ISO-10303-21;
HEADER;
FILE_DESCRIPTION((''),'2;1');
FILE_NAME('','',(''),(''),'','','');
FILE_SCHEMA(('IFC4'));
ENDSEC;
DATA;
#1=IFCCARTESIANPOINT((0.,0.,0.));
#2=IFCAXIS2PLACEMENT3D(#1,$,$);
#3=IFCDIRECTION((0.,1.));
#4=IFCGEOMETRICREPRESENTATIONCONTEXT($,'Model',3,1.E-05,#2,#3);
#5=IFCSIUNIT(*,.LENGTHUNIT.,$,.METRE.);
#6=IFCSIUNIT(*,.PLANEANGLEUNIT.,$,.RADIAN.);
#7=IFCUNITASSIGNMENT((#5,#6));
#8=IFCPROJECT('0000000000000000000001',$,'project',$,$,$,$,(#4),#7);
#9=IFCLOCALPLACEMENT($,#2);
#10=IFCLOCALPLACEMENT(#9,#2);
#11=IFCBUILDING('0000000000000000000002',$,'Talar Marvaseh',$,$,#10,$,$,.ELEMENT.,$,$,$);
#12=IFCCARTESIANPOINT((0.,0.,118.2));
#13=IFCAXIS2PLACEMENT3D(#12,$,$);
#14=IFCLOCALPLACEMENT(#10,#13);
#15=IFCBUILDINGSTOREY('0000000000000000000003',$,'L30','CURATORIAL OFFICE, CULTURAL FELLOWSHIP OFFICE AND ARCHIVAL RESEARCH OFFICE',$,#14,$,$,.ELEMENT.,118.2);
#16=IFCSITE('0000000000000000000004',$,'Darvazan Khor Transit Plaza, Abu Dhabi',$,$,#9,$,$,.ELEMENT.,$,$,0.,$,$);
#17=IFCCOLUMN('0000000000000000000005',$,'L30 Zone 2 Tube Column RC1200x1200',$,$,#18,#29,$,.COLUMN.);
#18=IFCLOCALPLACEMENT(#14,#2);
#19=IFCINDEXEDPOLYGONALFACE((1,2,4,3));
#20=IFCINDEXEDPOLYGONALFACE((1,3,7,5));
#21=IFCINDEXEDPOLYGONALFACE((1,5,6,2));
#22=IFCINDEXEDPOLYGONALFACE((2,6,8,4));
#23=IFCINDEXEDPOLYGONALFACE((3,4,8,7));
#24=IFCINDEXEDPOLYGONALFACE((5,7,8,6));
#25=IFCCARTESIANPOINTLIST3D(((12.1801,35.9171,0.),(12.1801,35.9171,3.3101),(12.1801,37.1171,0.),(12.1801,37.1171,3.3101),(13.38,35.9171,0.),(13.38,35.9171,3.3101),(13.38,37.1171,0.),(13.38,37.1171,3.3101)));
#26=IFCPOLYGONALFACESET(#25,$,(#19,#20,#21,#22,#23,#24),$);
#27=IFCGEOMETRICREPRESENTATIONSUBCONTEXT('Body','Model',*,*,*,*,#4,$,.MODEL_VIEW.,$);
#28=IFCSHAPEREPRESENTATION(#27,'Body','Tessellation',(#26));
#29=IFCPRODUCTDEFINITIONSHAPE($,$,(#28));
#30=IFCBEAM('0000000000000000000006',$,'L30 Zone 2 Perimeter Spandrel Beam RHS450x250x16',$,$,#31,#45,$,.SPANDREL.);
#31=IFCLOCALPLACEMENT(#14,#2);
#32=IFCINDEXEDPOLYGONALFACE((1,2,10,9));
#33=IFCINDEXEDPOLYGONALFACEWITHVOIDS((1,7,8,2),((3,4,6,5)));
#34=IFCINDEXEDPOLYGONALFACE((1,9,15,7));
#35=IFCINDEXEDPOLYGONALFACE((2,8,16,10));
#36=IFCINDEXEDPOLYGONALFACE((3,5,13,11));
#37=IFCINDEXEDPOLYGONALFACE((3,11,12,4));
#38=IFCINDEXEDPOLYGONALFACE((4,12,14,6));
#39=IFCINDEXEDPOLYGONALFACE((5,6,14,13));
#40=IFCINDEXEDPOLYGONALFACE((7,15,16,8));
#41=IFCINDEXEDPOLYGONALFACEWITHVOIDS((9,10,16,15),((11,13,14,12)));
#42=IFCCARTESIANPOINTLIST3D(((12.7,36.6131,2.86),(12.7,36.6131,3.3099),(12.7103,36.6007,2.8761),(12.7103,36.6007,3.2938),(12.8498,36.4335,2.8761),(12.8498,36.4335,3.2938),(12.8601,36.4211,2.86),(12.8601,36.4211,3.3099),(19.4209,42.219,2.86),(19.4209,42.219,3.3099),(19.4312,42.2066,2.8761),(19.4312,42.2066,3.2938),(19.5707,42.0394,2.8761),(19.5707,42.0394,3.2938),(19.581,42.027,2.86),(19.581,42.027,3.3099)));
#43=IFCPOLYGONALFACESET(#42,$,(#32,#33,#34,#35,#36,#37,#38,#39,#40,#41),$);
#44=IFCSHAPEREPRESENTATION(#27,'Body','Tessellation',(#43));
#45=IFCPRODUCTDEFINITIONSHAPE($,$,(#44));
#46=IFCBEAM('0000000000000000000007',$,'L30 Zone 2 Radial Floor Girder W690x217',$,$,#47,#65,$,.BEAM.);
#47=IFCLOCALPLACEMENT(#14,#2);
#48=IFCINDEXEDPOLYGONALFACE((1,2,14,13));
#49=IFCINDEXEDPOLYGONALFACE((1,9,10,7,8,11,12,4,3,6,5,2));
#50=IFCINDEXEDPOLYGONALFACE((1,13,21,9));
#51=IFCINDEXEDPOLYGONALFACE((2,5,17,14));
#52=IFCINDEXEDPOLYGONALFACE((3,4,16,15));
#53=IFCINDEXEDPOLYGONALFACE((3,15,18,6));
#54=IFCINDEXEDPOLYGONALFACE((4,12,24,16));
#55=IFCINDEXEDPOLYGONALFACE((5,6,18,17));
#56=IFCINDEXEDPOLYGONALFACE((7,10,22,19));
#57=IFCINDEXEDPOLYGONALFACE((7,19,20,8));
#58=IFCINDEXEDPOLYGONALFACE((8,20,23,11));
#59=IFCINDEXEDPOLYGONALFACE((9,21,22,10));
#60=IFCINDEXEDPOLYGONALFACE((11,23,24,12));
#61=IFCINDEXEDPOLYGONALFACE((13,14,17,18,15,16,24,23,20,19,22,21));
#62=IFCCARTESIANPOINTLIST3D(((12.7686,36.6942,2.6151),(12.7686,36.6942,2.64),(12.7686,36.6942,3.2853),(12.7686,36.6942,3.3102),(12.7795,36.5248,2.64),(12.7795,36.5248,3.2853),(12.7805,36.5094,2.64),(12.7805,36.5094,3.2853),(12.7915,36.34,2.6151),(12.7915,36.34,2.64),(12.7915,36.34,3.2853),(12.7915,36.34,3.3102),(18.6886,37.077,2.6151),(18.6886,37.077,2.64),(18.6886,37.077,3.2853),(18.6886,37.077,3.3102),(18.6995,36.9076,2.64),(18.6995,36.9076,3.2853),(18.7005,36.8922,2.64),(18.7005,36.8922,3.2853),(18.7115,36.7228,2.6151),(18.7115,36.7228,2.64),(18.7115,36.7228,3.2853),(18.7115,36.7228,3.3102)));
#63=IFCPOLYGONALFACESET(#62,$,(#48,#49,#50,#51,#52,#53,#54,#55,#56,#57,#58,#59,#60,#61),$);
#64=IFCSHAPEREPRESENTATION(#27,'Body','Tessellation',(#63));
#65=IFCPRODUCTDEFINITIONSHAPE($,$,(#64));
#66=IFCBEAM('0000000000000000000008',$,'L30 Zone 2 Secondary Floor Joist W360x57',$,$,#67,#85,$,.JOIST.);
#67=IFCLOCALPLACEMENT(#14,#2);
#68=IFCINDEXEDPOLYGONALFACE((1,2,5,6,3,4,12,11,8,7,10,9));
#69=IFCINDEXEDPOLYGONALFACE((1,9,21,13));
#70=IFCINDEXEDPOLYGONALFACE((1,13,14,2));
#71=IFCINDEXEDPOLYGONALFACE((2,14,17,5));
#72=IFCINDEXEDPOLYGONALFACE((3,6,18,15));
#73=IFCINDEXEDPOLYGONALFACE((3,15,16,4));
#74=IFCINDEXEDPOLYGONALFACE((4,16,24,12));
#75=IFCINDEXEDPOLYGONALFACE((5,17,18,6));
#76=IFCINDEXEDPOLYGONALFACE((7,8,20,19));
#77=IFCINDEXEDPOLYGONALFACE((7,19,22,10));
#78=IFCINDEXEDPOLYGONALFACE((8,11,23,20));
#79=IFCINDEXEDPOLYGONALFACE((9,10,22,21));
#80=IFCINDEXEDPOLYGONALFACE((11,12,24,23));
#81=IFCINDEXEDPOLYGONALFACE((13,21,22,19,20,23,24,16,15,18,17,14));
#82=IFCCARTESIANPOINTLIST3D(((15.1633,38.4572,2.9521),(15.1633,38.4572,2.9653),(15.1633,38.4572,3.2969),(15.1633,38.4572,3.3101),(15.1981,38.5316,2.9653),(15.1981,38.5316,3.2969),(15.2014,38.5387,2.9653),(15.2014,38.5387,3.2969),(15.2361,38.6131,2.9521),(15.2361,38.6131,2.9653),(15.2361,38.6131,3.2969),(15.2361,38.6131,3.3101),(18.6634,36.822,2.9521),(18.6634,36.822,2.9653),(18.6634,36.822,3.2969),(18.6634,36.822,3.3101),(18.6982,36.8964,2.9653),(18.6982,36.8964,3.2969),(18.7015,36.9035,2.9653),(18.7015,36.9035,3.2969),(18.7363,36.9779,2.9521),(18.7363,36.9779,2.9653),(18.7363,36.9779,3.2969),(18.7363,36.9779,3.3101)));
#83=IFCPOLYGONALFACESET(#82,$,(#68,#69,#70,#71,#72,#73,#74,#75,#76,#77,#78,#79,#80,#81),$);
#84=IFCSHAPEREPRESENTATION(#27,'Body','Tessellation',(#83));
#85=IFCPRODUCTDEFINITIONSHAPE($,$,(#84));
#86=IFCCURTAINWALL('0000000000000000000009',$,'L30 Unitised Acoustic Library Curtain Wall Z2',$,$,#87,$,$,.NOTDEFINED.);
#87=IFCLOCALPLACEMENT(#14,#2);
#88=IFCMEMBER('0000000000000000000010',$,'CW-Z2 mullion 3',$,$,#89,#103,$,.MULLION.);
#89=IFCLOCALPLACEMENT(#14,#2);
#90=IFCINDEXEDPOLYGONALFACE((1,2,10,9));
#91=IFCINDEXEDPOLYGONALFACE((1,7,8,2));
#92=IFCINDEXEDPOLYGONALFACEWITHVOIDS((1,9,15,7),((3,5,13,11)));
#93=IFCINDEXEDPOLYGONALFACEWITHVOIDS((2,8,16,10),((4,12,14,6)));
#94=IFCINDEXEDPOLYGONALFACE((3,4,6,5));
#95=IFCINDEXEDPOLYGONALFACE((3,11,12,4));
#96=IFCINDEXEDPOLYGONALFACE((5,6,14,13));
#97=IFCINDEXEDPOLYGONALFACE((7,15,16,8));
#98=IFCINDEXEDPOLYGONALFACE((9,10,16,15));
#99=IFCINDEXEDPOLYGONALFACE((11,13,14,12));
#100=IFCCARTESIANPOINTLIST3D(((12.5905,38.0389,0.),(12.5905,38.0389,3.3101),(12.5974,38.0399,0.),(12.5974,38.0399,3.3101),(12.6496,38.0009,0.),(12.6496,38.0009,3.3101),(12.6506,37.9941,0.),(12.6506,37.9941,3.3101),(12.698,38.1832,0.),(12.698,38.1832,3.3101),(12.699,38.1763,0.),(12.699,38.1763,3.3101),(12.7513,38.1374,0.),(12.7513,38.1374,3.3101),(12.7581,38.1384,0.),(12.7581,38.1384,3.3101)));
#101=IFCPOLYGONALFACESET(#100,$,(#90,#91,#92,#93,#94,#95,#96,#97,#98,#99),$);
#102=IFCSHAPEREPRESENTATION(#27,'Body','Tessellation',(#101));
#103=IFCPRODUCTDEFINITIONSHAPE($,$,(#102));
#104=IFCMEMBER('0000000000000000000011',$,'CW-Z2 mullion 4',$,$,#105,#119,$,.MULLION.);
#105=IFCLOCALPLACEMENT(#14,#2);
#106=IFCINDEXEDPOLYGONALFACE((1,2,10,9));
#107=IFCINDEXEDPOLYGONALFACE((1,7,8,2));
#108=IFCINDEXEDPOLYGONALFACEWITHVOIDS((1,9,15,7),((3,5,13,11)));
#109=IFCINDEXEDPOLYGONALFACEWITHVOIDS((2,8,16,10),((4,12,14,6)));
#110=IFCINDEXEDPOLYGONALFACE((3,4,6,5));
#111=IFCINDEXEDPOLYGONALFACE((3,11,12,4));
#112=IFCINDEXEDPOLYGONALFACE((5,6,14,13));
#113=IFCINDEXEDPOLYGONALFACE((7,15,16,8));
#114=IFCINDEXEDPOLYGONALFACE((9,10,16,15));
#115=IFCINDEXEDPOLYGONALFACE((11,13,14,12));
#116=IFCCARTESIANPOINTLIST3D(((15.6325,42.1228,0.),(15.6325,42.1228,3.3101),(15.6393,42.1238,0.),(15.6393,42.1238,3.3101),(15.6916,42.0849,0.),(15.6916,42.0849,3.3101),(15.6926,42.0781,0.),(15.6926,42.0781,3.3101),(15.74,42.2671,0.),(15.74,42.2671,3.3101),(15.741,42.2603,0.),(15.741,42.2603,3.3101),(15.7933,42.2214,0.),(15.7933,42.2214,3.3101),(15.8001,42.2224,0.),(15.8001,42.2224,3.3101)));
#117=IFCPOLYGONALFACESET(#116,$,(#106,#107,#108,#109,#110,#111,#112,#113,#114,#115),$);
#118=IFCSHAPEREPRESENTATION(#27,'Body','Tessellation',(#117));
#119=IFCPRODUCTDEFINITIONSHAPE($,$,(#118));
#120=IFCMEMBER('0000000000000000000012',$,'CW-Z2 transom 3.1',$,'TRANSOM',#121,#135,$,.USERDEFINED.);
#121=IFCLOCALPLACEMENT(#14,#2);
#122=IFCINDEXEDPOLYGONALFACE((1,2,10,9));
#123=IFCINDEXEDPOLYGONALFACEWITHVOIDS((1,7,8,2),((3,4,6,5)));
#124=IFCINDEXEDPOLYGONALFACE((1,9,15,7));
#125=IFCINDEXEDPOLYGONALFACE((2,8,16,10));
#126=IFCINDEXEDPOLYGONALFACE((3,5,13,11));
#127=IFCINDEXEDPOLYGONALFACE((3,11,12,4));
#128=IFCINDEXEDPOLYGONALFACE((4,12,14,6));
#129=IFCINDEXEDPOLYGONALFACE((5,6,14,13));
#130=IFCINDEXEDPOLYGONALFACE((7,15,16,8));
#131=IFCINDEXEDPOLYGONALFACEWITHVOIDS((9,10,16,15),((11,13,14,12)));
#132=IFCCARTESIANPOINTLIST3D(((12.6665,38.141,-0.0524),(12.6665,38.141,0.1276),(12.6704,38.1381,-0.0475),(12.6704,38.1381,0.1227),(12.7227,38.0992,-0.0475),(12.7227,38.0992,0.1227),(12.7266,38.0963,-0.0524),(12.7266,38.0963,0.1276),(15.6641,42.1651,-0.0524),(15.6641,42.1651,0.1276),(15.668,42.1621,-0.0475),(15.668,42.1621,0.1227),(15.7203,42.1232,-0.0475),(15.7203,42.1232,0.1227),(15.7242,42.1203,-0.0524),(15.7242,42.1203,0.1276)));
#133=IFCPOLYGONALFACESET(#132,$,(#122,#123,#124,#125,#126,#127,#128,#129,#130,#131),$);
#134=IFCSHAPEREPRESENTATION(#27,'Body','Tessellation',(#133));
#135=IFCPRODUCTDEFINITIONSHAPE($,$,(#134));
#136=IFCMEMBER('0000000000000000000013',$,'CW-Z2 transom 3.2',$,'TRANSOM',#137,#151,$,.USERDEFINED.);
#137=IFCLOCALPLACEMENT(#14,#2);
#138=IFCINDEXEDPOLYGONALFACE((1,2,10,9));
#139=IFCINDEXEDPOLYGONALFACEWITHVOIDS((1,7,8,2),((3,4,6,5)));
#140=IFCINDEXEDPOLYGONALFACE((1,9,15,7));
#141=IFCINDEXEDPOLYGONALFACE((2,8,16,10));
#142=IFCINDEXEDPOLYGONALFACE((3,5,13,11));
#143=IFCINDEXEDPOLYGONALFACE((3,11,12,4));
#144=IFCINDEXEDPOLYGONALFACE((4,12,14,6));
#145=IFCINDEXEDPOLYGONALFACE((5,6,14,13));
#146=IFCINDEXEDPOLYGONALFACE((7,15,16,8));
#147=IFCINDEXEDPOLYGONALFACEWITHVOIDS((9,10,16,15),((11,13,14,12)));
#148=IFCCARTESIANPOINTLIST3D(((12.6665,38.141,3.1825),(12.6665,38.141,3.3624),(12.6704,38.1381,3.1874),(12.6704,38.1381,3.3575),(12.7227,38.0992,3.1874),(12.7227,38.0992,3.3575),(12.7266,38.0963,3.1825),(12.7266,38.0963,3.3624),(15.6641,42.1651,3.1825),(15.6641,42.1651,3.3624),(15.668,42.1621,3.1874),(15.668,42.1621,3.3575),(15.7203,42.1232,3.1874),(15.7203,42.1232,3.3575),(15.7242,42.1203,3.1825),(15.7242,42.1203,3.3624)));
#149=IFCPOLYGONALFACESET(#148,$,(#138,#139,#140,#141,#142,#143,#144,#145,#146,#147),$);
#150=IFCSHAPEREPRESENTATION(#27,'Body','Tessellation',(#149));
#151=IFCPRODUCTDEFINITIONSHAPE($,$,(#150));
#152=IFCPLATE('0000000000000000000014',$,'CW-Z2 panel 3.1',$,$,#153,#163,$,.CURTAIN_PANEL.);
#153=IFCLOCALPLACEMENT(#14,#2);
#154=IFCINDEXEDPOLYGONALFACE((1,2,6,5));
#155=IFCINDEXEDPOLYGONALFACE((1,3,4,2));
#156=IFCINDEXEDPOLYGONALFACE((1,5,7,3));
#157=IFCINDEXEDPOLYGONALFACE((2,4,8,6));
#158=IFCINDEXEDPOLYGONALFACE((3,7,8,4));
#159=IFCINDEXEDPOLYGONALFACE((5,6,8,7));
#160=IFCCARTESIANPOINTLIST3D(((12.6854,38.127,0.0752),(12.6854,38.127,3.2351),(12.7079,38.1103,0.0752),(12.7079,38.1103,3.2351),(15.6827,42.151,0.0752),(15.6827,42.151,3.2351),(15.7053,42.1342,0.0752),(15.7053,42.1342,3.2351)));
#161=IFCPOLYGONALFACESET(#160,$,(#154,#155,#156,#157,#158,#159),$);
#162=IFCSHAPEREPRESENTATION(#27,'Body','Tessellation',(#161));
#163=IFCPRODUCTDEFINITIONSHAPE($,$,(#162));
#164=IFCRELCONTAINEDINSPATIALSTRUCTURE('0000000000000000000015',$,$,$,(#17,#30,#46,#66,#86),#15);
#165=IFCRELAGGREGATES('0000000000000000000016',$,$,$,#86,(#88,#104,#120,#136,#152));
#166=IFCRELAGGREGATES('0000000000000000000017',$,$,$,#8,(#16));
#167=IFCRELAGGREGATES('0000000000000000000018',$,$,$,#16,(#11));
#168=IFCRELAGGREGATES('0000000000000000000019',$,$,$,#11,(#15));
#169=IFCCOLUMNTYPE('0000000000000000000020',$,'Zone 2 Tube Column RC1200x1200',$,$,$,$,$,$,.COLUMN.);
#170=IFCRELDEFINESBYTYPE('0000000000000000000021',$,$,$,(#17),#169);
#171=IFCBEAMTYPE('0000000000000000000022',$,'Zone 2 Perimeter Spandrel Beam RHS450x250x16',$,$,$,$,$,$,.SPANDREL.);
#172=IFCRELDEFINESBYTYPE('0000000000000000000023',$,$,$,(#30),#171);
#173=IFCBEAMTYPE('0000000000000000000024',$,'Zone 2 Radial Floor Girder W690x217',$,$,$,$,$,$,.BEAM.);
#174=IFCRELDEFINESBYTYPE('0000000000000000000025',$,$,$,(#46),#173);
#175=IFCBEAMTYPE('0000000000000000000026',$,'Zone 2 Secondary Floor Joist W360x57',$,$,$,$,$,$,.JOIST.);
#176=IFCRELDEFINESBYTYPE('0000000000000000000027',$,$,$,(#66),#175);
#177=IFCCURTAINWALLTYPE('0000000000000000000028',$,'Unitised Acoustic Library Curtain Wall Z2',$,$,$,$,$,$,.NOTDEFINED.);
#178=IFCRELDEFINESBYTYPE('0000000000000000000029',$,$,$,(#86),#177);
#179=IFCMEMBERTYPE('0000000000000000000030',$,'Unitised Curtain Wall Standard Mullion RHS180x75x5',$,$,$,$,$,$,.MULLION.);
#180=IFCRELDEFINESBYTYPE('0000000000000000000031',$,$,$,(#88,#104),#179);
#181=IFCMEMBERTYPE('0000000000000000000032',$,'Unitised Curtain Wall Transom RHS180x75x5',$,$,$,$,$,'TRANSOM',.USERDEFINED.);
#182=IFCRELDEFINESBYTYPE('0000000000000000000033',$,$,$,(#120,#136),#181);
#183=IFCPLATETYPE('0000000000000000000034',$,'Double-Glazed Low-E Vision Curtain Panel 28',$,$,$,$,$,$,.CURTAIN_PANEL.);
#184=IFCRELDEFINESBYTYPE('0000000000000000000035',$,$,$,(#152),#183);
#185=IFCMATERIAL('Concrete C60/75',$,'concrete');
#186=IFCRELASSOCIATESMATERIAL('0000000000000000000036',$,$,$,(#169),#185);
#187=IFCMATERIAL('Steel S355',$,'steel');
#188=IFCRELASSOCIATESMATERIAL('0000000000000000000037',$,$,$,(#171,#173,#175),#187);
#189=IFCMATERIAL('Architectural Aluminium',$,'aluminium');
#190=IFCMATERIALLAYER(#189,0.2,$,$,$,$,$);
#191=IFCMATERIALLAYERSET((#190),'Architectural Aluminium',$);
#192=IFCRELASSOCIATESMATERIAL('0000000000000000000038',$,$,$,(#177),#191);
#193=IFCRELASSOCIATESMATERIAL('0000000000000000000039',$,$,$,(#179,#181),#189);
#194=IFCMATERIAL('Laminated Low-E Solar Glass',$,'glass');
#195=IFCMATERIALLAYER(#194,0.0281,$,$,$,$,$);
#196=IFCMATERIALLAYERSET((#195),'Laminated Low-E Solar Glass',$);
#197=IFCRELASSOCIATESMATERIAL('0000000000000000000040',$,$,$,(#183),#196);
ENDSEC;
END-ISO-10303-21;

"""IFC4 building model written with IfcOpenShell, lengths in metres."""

from ifc_helpers import new_model, si_unit, direction, frame, origin, origin_2d, place, context, subcontext, project, spatial, rectangle, hollow_rectangle, i_section, extrude, source, transform, mapped, material, layer, layer_set, material_profile, profile_set, type_object, type_shapes, element, aggregate, save


model = new_model("IFC4")

# Units and contexts
model_context = context("Model", 3, precision=1e-05, world=origin(), true_north=direction((0.0, 1.0)))
body_context = subcontext(model_context, "Body", "Model", "MODEL_VIEW")
ifc_project = project(units=[si_unit("LENGTHUNIT", "METRE"), si_unit("PLANEANGLEUNIT", "RADIAN")], contexts=[model_context])

# Site, building, storey
site_placement = place(None, origin())
site = spatial("IfcSite", under=ifc_project, at=site_placement, Name="Darvazan Khor Transit Plaza, Abu Dhabi", CompositionType="ELEMENT", RefElevation=0.0)
building_placement = place(site_placement, origin())
building = spatial("IfcBuilding", under=site, at=building_placement, Name="Talar Marvaseh", CompositionType="ELEMENT")
storey_placement = place(building_placement, frame((0.0, 0.0, 118.2)))
storey = spatial("IfcBuildingStorey", under=building, at=storey_placement, Name="L30", Description="CURATORIAL OFFICE, CULTURAL FELLOWSHIP OFFICE AND ARCHIVAL RESEARCH OFFICE", CompositionType="ELEMENT", Elevation=118.2)

# Column
ifc_material_1 = material(Name="Concrete C60/75", Category="concrete")
ifc_material_profile_1 = material_profile(ifc_material_1, rectangle(XDim=1.2, YDim=1.2, at=origin_2d()), Name="RC1200x1200")
ifc_profile_set_1 = profile_set([ifc_material_profile_1], Name="Concrete C60/75")
column_type = type_object("IfcColumnType", Name="Zone 2 Tube Column RC1200x1200", PredefinedType="COLUMN", material=ifc_profile_set_1)
column_placement = place(storey_placement, frame((12.78, 36.5171, 0.0), z_axis=(0.0, 0.0, 1.0), x_axis=(1.0, 0.0, 0.0)))
element("IfcColumn", 1, at=column_placement, inside=storey, type_object=column_type, Name="L30 Zone 2 Tube Column RC1200x1200", PredefinedType="COLUMN", context=body_context, shape_type="SweptSolid", body=[
    extrude(rectangle(XDim=1.2, YDim=1.2, at=origin_2d()), origin(), (0.0, 0.0, 1.0), 3.3101),
])

# Beams
ifc_material_2 = material(Name="Steel S355", Category="steel")
ifc_material_profile_2 = material_profile(ifc_material_2, hollow_rectangle(XDim=0.25, YDim=0.45, WallThickness=0.0161, at=origin_2d()), Name="RHS450x250x16")
ifc_profile_set_2 = profile_set([ifc_material_profile_2], Name="Steel S355")
beam_type_1 = type_object("IfcBeamType", Name="Zone 2 Perimeter Spandrel Beam RHS450x250x16", PredefinedType="SPANDREL", material=ifc_profile_set_2)
beam_1_placement = place(storey_placement, frame((12.78, 36.5171, 3.085), z_axis=(0.767931, 0.640533, 0.0), x_axis=(-0.640533, 0.767931, 0.0)))
element("IfcBeam", 2, at=beam_1_placement, inside=storey, type_object=beam_type_1, Name="L30 Zone 2 Perimeter Spandrel Beam RHS450x250x16", PredefinedType="SPANDREL", context=body_context, shape_type="SweptSolid", body=[
    extrude(hollow_rectangle(XDim=0.25, YDim=0.45, WallThickness=0.0161, at=origin_2d()), origin(), (0.0, 0.0, 1.0), 8.752),
])
ifc_material_profile_3 = material_profile(ifc_material_2, i_section(OverallWidth=0.355, OverallDepth=0.6951, WebThickness=0.0154, FlangeThickness=0.0249, at=origin_2d()), Name="W690x217")
ifc_profile_set_3 = profile_set([ifc_material_profile_3], Name="Steel S355")
beam_type_2 = type_object("IfcBeamType", Name="Zone 2 Radial Floor Girder W690x217", PredefinedType="BEAM", material=ifc_profile_set_3)
beam_2_placement = place(storey_placement, frame((12.78, 36.5171, 2.9626), z_axis=(0.997916, 0.06453, 0.0), x_axis=(-0.06453, 0.997916, 0.0)))
element("IfcBeam", 3, at=beam_2_placement, inside=storey, type_object=beam_type_2, Name="L30 Zone 2 Radial Floor Girder W690x217", PredefinedType="BEAM", context=body_context, shape_type="SweptSolid", body=[
    extrude(i_section(OverallWidth=0.355, OverallDepth=0.6951, WebThickness=0.0154, FlangeThickness=0.0249, at=origin_2d()), origin(), (0.0, 0.0, 1.0), 5.9324),
])
ifc_material_profile_4 = material_profile(ifc_material_2, i_section(OverallWidth=0.1721, OverallDepth=0.3579, WebThickness=0.0078, FlangeThickness=0.0132, at=origin_2d()), Name="W360x57")
ifc_profile_set_4 = profile_set([ifc_material_profile_4], Name="Steel S355")
beam_type_3 = type_object("IfcBeamType", Name="Zone 2 Secondary Floor Joist W360x57", PredefinedType="JOIST", material=ifc_profile_set_4)
beam_3_placement = place(storey_placement, frame((15.1997, 38.5352, 3.1311), z_axis=(0.906004, -0.423269, 0.0), x_axis=(0.423269, 0.906004, 0.0)))
element("IfcBeam", 4, at=beam_3_placement, inside=storey, type_object=beam_type_3, Name="L30 Zone 2 Secondary Floor Joist W360x57", PredefinedType="JOIST", context=body_context, shape_type="SweptSolid", body=[
    extrude(i_section(OverallWidth=0.1721, OverallDepth=0.3579, WebThickness=0.0078, FlangeThickness=0.0132, at=origin_2d()), origin(), (0.0, 0.0, 1.0), 3.8633),
])

# Curtain wall, members, plate
ifc_material_3 = material(Name="Architectural Aluminium", Category="aluminium")
ifc_layer_1 = layer(ifc_material_3, 0.2)
ifc_layer_set_1 = layer_set([ifc_layer_1], Name="Architectural Aluminium")
curtain_wall_type = type_object("IfcCurtainWallType", Name="Unitised Acoustic Library Curtain Wall Z2", PredefinedType="NOTDEFINED", material=ifc_layer_set_1)
curtain_wall_placement = place(storey_placement, origin())
curtain_wall = element("IfcCurtainWall", 5, at=curtain_wall_placement, inside=storey, type_object=curtain_wall_type, Name="L30 Unitised Acoustic Library Curtain Wall Z2", PredefinedType="NOTDEFINED")
ifc_material_profile_5 = material_profile(ifc_material_3, hollow_rectangle(XDim=0.075, YDim=0.1799, WallThickness=0.0049, at=origin_2d()), Name="RHS180x75x5")
ifc_profile_set_5 = profile_set([ifc_material_profile_5], Name="Architectural Aluminium")
member_type_1 = type_object("IfcMemberType", Name="Unitised Curtain Wall Standard Mullion RHS180x75x5", PredefinedType="MULLION", material=ifc_profile_set_5)
shared_shape_1 = source(origin(), body_context, "Body", "SweptSolid", [
    extrude(hollow_rectangle(XDim=0.075, YDim=0.1799, WallThickness=0.0049, at=origin_2d()), origin(), (0.0, 0.0, 1.0), 3.3101),
])
type_shapes(member_type_1, [shared_shape_1])
member_1_placement = place(storey_placement, frame((12.6743, 38.0886, 0.0), z_axis=(0.0, 0.0, 1.0), x_axis=(-0.801961, 0.597376, 0.0)))
member_1 = element("IfcMember", 6, at=member_1_placement, type_object=member_type_1, Name="CW-Z2 mullion 3", PredefinedType="MULLION", context=body_context, shape_type="MappedRepresentation", body=[
    mapped(shared_shape_1, transform((0.0, 0.0, 0.0), x_axis=(1.0, 0.0, 0.0), y_axis=(0.0, 1.0, 0.0), z_axis=(0.0, 0.0, 1.0), scale=1.0)),
])
member_2_placement = place(storey_placement, frame((15.7163, 42.1726, 0.0), z_axis=(0.0, 0.0, 1.0), x_axis=(-0.801961, 0.597376, 0.0)))
member_2 = element("IfcMember", 7, at=member_2_placement, type_object=member_type_1, Name="CW-Z2 mullion 4", PredefinedType="MULLION", context=body_context, shape_type="MappedRepresentation", body=[
    mapped(shared_shape_1, transform((0.0, 0.0, 0.0), x_axis=(1.0, 0.0, 0.0), y_axis=(0.0, 1.0, 0.0), z_axis=(0.0, 0.0, 1.0), scale=1.0)),
])
ifc_material_profile_6 = material_profile(ifc_material_3, hollow_rectangle(XDim=0.075, YDim=0.1799, WallThickness=0.0049, at=origin_2d()), Name="RHS180x75x5")
ifc_profile_set_6 = profile_set([ifc_material_profile_6], Name="Architectural Aluminium")
member_type_2 = type_object("IfcMemberType", Name="Unitised Curtain Wall Transom RHS180x75x5", ElementType="TRANSOM", PredefinedType="USERDEFINED", material=ifc_profile_set_6)
shared_shape_2 = source(origin(), body_context, "Body", "SweptSolid", [
    extrude(hollow_rectangle(XDim=0.075, YDim=0.1799, WallThickness=0.0049, at=origin_2d()), origin(), (0.0, 0.0, 1.0), 5.0178),
])
type_shapes(member_type_2, [shared_shape_2])
member_3_placement = place(storey_placement, frame((12.6965, 38.1187, 0.0376), z_axis=(0.597397, 0.801946, 0.0), x_axis=(-0.801946, 0.597397, 0.0)))
member_3 = element("IfcMember", 8, at=member_3_placement, type_object=member_type_2, Name="CW-Z2 transom 3.1", ObjectType="TRANSOM", PredefinedType="USERDEFINED", context=body_context, shape_type="MappedRepresentation", body=[
    mapped(shared_shape_2, transform((0.0, 0.0, 0.0), x_axis=(1.0, 0.0, 0.0), y_axis=(0.0, 1.0, 0.0), z_axis=(0.0, 0.0, 1.0), scale=1.0)),
])
member_4_placement = place(storey_placement, frame((12.6965, 38.1187, 3.2725), z_axis=(0.597397, 0.801946, 0.0), x_axis=(-0.801946, 0.597397, 0.0)))
member_4 = element("IfcMember", 9, at=member_4_placement, type_object=member_type_2, Name="CW-Z2 transom 3.2", ObjectType="TRANSOM", PredefinedType="USERDEFINED", context=body_context, shape_type="MappedRepresentation", body=[
    mapped(shared_shape_2, transform((0.0, 0.0, 0.0), x_axis=(1.0, 0.0, 0.0), y_axis=(0.0, 1.0, 0.0), z_axis=(0.0, 0.0, 1.0), scale=1.0)),
])
ifc_material_4 = material(Name="Laminated Low-E Solar Glass", Category="glass")
ifc_layer_2 = layer(ifc_material_4, 0.0281)
ifc_layer_set_2 = layer_set([ifc_layer_2], Name="Laminated Low-E Solar Glass")
plate_type = type_object("IfcPlateType", Name="Double-Glazed Low-E Vision Curtain Panel 28", PredefinedType="CURTAIN_PANEL", material=ifc_layer_set_2)
shared_shape_3 = source(origin(), body_context, "Body", "SweptSolid", [
    extrude(rectangle(XDim=5.0176, YDim=0.0281, at=origin_2d()), origin(), (0.0, 0.0, 1.0), 3.1599),
])
plate_1_placement = place(storey_placement, frame((14.1953, 40.1306, 0.0752), z_axis=(0.0, 0.0, 1.0), x_axis=(0.597376, 0.801961, 0.0)))
plate_1 = element("IfcPlate", 10, at=plate_1_placement, type_object=plate_type, Name="CW-Z2 panel 3.1", PredefinedType="CURTAIN_PANEL", context=body_context, shape_type="MappedRepresentation", body=[
    mapped(shared_shape_3, transform((0.0, 0.0, 0.0), x_axis=(1.0, 0.0, 0.0), y_axis=(0.0, 1.0, 0.0), z_axis=(0.0, 0.0, 1.0), scale=1.0)),
])
aggregate(curtain_wall, [member_1, member_2, member_3, member_4, plate_1])

save(model, "model.ifc")
